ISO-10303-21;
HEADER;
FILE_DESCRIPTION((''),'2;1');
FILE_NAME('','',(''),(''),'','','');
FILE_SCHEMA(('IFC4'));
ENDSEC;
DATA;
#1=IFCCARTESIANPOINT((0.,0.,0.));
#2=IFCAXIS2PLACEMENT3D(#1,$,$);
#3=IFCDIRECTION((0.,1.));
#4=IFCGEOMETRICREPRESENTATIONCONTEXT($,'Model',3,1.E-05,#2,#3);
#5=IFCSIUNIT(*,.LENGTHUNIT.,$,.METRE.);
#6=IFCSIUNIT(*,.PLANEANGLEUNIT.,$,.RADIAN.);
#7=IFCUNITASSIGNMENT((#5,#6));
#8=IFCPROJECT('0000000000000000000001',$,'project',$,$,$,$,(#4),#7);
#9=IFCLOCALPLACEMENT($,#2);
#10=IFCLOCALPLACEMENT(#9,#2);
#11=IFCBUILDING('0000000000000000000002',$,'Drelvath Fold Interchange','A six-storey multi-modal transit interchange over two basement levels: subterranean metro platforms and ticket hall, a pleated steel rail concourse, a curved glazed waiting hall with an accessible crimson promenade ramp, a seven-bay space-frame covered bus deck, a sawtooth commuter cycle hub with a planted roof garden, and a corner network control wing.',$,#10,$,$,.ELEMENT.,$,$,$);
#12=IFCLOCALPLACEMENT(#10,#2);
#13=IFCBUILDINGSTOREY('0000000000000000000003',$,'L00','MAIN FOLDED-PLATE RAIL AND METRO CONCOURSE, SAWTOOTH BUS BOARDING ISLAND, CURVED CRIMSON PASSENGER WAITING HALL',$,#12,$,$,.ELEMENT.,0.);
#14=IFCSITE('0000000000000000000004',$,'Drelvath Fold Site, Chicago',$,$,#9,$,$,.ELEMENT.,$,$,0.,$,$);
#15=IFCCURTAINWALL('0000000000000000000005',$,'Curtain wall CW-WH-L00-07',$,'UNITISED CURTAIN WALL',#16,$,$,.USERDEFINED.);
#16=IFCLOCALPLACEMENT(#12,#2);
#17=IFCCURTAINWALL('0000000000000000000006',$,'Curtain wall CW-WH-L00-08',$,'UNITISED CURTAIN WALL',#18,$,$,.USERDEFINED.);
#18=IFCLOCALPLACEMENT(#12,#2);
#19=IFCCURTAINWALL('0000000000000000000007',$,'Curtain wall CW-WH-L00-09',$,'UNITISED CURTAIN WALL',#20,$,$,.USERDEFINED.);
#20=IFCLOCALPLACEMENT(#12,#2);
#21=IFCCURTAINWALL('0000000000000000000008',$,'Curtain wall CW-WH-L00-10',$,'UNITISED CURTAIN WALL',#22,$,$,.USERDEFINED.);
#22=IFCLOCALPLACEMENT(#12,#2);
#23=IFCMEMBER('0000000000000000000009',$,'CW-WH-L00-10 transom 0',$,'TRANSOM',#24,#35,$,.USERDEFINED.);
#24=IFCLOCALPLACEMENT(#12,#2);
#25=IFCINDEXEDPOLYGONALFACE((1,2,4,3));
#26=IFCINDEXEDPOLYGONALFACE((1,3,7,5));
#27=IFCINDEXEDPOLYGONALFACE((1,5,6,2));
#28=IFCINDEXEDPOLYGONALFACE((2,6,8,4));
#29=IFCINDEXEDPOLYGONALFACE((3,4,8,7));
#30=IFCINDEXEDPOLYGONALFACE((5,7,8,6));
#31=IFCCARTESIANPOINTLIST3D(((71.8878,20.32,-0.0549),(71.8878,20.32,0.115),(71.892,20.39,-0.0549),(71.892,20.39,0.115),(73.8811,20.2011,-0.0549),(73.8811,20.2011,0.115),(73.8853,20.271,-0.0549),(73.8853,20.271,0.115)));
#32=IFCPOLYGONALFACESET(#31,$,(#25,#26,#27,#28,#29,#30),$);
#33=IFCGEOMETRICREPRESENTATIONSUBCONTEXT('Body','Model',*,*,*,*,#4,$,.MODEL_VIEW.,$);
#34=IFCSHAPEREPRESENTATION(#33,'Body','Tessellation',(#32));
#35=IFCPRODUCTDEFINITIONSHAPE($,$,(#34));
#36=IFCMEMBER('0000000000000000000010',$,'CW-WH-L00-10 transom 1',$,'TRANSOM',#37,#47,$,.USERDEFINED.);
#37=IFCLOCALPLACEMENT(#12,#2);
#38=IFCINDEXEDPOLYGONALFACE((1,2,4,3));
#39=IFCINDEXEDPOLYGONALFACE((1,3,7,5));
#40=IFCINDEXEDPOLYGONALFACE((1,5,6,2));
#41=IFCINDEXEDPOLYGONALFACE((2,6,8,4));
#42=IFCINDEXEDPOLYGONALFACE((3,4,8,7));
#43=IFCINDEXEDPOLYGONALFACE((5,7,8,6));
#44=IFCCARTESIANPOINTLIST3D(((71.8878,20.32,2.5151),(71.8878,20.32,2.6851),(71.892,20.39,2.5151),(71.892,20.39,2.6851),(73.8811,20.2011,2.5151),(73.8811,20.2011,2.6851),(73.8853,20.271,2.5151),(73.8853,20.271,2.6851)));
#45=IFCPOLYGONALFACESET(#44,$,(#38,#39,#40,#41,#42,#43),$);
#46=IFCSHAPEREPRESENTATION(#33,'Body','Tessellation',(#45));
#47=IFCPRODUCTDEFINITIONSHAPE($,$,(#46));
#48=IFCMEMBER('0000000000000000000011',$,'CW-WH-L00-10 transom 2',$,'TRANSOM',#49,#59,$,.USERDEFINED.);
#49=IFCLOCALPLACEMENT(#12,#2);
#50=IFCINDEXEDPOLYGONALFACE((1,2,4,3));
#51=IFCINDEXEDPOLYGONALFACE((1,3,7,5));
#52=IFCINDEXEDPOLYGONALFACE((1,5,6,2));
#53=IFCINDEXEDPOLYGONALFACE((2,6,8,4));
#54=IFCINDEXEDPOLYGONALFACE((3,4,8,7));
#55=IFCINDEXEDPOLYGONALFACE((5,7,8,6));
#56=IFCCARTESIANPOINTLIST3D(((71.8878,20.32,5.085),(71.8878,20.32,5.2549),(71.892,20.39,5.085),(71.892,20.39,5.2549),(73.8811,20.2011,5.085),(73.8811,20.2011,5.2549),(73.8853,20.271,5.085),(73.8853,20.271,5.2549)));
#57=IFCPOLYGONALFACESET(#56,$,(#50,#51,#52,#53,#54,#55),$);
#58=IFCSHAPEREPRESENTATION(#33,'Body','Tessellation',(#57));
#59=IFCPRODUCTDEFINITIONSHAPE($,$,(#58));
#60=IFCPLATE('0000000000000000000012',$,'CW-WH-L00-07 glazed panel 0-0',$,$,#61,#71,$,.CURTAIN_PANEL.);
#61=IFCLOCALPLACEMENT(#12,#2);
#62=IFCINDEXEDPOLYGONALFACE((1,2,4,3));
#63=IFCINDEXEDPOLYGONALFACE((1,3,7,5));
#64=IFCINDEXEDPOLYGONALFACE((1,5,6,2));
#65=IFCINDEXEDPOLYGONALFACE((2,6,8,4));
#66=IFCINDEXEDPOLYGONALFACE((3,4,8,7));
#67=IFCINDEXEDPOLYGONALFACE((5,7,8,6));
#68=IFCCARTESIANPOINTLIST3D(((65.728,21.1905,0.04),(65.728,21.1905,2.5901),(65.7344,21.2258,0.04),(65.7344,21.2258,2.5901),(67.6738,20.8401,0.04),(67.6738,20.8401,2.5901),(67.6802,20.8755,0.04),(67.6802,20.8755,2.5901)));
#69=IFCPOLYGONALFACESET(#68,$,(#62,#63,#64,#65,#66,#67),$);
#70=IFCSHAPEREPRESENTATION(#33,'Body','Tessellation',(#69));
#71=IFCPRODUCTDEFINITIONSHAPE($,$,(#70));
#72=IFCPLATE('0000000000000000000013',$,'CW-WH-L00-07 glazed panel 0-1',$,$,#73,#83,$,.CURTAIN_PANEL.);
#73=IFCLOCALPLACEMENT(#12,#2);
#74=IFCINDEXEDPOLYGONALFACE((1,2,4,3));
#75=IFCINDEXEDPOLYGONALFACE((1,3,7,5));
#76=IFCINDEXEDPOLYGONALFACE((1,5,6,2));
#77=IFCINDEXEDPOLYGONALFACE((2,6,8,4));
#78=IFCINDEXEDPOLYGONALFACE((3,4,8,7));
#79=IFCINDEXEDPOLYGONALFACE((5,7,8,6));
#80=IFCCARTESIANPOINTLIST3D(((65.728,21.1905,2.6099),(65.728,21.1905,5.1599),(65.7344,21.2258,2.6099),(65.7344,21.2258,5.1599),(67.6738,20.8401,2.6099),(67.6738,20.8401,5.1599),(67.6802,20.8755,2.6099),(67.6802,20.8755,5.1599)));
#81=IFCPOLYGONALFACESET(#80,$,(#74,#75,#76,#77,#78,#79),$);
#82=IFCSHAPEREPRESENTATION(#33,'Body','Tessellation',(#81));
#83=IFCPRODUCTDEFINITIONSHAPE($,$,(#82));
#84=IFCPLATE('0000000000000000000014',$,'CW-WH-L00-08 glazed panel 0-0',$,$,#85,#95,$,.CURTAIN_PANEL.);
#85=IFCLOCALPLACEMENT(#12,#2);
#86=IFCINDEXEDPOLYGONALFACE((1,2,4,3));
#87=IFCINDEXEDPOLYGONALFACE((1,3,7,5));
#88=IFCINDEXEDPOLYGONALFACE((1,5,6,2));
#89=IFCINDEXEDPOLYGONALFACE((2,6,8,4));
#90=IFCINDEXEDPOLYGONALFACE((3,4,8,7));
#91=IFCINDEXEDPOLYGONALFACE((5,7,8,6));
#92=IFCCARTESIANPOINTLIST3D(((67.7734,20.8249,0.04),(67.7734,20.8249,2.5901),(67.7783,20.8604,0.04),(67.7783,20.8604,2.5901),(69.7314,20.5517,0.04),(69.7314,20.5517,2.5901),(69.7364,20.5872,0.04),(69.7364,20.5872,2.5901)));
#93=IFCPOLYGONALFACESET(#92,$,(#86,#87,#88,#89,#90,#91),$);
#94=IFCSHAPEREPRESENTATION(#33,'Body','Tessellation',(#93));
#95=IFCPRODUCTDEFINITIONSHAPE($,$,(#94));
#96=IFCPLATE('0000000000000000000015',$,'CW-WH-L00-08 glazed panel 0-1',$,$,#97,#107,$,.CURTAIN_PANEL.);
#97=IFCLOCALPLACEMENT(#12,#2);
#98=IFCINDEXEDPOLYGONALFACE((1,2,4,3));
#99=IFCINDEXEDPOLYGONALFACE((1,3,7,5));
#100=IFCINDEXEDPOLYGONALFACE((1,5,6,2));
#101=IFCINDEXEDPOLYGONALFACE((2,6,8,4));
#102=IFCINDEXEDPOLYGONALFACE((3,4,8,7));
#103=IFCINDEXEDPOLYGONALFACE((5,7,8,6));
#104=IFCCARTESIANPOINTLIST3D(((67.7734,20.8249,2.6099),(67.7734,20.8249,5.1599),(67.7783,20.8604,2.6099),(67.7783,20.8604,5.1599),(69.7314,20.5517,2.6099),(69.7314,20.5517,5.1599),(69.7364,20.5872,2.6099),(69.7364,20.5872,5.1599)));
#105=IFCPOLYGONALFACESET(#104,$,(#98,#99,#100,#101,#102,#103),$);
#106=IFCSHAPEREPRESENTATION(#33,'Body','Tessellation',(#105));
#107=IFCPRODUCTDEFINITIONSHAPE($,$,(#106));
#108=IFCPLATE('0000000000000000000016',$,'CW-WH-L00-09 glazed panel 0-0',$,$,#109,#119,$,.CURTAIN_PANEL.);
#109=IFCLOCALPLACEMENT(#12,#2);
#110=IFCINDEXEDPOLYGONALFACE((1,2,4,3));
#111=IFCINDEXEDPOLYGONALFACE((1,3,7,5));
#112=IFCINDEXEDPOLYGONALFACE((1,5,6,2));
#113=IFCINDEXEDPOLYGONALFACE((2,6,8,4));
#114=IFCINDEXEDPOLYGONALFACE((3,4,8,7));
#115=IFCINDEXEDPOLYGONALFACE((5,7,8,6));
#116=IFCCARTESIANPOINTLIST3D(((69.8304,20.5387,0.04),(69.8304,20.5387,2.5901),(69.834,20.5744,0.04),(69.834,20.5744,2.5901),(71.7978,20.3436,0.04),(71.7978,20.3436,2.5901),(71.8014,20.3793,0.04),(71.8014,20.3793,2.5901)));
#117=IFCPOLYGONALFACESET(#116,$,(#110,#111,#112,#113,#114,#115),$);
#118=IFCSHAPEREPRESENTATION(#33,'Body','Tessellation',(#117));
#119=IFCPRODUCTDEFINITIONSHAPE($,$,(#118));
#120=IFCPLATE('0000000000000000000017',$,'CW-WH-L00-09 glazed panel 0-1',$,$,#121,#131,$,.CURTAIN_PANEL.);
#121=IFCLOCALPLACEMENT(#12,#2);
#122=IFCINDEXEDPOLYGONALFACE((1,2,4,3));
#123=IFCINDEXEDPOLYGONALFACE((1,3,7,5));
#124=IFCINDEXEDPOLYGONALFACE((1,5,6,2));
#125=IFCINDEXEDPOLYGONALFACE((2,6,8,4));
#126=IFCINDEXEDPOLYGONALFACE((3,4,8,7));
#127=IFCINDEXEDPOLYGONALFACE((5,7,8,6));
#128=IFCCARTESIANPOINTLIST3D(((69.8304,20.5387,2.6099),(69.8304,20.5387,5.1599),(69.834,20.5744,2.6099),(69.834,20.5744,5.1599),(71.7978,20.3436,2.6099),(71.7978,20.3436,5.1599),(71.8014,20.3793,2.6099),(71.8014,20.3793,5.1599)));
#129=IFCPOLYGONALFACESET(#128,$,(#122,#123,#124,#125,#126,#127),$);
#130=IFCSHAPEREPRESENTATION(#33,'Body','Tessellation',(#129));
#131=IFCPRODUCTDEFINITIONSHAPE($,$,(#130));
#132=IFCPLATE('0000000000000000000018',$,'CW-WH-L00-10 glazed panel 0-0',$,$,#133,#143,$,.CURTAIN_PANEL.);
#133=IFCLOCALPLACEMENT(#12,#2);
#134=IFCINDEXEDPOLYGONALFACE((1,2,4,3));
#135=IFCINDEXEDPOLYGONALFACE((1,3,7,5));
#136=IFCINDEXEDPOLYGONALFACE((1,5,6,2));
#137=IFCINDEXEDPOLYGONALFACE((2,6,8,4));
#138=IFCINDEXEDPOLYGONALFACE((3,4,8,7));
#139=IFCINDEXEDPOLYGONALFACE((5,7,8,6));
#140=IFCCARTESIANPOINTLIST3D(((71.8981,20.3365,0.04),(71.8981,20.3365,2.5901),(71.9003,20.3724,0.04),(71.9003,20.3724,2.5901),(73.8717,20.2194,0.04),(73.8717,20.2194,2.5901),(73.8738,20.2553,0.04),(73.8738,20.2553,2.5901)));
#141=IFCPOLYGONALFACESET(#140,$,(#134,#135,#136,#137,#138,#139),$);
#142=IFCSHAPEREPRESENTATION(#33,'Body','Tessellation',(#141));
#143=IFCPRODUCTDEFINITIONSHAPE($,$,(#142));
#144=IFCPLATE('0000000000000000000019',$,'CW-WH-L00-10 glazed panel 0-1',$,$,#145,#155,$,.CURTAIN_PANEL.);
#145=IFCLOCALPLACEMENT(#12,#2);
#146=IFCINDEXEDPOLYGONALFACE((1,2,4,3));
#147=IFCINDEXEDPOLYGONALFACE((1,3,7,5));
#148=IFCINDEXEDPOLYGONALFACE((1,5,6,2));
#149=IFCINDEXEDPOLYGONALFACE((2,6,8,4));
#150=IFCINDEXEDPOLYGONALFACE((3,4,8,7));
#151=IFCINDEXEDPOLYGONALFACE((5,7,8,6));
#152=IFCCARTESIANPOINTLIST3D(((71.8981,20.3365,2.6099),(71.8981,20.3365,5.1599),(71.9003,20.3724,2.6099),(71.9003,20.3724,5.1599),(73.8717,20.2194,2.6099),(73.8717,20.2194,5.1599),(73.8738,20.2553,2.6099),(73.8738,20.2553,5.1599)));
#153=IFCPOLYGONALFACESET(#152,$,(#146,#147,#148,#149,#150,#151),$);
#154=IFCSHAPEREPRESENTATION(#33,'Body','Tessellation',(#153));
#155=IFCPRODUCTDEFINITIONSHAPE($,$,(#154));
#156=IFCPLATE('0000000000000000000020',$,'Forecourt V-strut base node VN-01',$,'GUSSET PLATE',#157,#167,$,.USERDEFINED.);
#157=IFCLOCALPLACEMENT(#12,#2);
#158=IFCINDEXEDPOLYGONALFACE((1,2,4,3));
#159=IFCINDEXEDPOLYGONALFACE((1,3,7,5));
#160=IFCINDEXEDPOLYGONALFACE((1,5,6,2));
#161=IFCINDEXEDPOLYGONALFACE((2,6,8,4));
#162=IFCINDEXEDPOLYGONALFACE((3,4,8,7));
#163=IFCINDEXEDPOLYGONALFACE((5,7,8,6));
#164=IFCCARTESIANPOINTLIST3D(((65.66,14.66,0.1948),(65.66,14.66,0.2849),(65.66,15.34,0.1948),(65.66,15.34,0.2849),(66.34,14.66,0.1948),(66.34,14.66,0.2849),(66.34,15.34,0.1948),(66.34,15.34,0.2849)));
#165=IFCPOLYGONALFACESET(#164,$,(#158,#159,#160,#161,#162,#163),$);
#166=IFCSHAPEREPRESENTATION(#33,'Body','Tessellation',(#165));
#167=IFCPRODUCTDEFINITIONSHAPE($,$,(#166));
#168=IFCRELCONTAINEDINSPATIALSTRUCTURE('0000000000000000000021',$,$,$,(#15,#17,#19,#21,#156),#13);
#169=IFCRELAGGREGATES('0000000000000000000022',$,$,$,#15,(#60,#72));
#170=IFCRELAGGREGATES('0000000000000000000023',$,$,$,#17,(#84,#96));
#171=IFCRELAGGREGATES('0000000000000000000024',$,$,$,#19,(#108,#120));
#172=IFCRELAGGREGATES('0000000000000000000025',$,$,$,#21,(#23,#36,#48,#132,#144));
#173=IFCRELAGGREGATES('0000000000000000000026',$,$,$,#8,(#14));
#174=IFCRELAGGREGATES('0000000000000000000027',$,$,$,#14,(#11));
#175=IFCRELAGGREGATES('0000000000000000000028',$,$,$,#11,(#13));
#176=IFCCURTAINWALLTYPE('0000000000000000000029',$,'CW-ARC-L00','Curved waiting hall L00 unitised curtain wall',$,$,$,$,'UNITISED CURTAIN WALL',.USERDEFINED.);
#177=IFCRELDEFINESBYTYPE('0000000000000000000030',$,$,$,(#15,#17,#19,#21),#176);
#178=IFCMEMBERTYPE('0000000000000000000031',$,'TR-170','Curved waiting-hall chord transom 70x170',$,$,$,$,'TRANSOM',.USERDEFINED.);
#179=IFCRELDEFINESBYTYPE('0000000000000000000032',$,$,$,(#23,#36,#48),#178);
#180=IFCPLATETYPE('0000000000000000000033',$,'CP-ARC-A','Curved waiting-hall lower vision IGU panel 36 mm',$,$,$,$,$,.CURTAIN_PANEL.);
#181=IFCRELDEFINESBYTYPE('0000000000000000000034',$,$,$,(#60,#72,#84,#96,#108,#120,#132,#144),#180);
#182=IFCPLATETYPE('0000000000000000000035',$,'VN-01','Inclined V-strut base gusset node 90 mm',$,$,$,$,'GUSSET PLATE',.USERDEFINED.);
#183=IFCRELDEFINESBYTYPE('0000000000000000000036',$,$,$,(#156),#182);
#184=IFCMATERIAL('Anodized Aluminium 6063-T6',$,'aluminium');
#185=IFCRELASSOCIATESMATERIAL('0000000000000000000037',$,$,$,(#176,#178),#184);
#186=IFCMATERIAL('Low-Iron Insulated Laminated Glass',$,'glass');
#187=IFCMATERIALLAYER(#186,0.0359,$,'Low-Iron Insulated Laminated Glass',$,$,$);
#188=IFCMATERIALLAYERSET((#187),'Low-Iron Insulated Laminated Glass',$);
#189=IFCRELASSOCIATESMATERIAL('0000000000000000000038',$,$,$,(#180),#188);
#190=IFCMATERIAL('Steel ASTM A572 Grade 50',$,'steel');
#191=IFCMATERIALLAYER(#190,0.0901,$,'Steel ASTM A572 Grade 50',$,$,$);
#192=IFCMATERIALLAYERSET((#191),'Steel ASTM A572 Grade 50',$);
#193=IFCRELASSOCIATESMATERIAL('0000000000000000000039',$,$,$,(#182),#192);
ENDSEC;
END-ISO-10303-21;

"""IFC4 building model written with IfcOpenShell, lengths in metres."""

from ifc_helpers import new_model, si_unit, direction, frame, origin, origin_2d, place, context, subcontext, project, spatial, rectangle, extrude, material, layer, layer_set, material_profile, profile_set, type_object, element, aggregate, save


model = new_model("IFC4")

# Units and contexts
model_context = context("Model", 3, precision=1e-05, world=origin(), true_north=direction((0.0, 1.0)))
body_context = subcontext(model_context, "Body", "Model", "MODEL_VIEW")
ifc_project = project(units=[si_unit("LENGTHUNIT", "METRE"), si_unit("PLANEANGLEUNIT", "RADIAN")], contexts=[model_context])

# Site, building, storey
site_placement = place(None, origin())
site = spatial("IfcSite", under=ifc_project, at=site_placement, Name="Drelvath Fold Site, Chicago", CompositionType="ELEMENT", RefElevation=0.0)
building_placement = place(site_placement, origin())
building = spatial("IfcBuilding", under=site, at=building_placement, Name="Drelvath Fold Interchange", Description="A six-storey multi-modal transit interchange over two basement levels: subterranean metro platforms and ticket hall, a pleated steel rail concourse, a curved glazed waiting hall with an accessible crimson promenade ramp, a seven-bay space-frame covered bus deck, a sawtooth commuter cycle hub with a planted roof garden, and a corner network control wing.", CompositionType="ELEMENT")
storey_placement = place(building_placement, origin())
storey = spatial("IfcBuildingStorey", under=building, at=storey_placement, Name="L00", Description="MAIN FOLDED-PLATE RAIL AND METRO CONCOURSE, SAWTOOTH BUS BOARDING ISLAND, CURVED CRIMSON PASSENGER WAITING HALL", CompositionType="ELEMENT", Elevation=0.0)

# Curtain wall
ifc_material_1 = material(Name="Anodized Aluminium 6063-T6", Category="aluminium")
curtain_wall_type = type_object("IfcCurtainWallType", Name="CW-ARC-L00", Description="Curved waiting hall L00 unitised curtain wall", ElementType="UNITISED CURTAIN WALL", PredefinedType="USERDEFINED", material=ifc_material_1)
curtain_wall_1_placement = place(storey_placement, origin())
curtain_wall_1 = element("IfcCurtainWall", 1, at=curtain_wall_1_placement, inside=storey, type_object=curtain_wall_type, Name="Curtain wall CW-WH-L00-07", ObjectType="UNITISED CURTAIN WALL", PredefinedType="USERDEFINED")

# Curtain walls
curtain_wall_2_placement = place(storey_placement, origin())
curtain_wall_2 = element("IfcCurtainWall", 2, at=curtain_wall_2_placement, inside=storey, type_object=curtain_wall_type, Name="Curtain wall CW-WH-L00-08", ObjectType="UNITISED CURTAIN WALL", PredefinedType="USERDEFINED")
curtain_wall_3_placement = place(storey_placement, origin())
curtain_wall_3 = element("IfcCurtainWall", 3, at=curtain_wall_3_placement, inside=storey, type_object=curtain_wall_type, Name="Curtain wall CW-WH-L00-09", ObjectType="UNITISED CURTAIN WALL", PredefinedType="USERDEFINED")
curtain_wall_4_placement = place(storey_placement, origin())
curtain_wall_4 = element("IfcCurtainWall", 4, at=curtain_wall_4_placement, inside=storey, type_object=curtain_wall_type, Name="Curtain wall CW-WH-L00-10", ObjectType="UNITISED CURTAIN WALL", PredefinedType="USERDEFINED")

# Members
ifc_material_profile_1 = material_profile(ifc_material_1, rectangle(XDim=0.0701, YDim=0.1699, at=origin_2d()), Name="AL-T 70x170")
ifc_profile_set_1 = profile_set([ifc_material_profile_1], Name="Anodized Aluminium 6063-T6")
member_type_1 = type_object("IfcMemberType", Name="TR-170", Description="Curved waiting-hall chord transom 70x170", ElementType="TRANSOM", PredefinedType="USERDEFINED", material=ifc_profile_set_1)
member_1_placement = place(storey_placement, frame((71.8899, 20.355, 0.03), z_axis=(0.998226, -0.059546, 0.0), x_axis=(0.059546, 0.998226, 0.0)))
member_1 = element("IfcMember", 5, at=member_1_placement, type_object=member_type_1, Name="CW-WH-L00-10 transom 0", ObjectType="TRANSOM", PredefinedType="USERDEFINED", context=body_context, shape_type="SweptSolid", body=[
    extrude(rectangle(XDim=0.0701, YDim=0.1699, at=origin_2d()), origin(), (0.0, 0.0, 1.0), 1.9968),
])
member_2_placement = place(storey_placement, frame((71.8899, 20.355, 2.6001), z_axis=(0.998226, -0.059546, 0.0), x_axis=(0.059546, 0.998226, 0.0)))
member_2 = element("IfcMember", 6, at=member_2_placement, type_object=member_type_1, Name="CW-WH-L00-10 transom 1", ObjectType="TRANSOM", PredefinedType="USERDEFINED", context=body_context, shape_type="SweptSolid", body=[
    extrude(rectangle(XDim=0.0701, YDim=0.1699, at=origin_2d()), origin(), (0.0, 0.0, 1.0), 1.9968),
])
member_3_placement = place(storey_placement, frame((71.8899, 20.355, 5.1699), z_axis=(0.998226, -0.059546, 0.0), x_axis=(0.059546, 0.998226, 0.0)))
member_3 = element("IfcMember", 7, at=member_3_placement, type_object=member_type_1, Name="CW-WH-L00-10 transom 2", ObjectType="TRANSOM", PredefinedType="USERDEFINED", context=body_context, shape_type="SweptSolid", body=[
    extrude(rectangle(XDim=0.0701, YDim=0.1699, at=origin_2d()), origin(), (0.0, 0.0, 1.0), 1.9968),
])

# Plates
ifc_material_2 = material(Name="Low-Iron Insulated Laminated Glass", Category="glass")
ifc_layer_1 = layer(ifc_material_2, 0.0359, Name="Low-Iron Insulated Laminated Glass")
ifc_layer_set_1 = layer_set([ifc_layer_1], Name="Low-Iron Insulated Laminated Glass")
plate_type_1 = type_object("IfcPlateType", Name="CP-ARC-A", Description="Curved waiting-hall lower vision IGU panel 36 mm", PredefinedType="CURTAIN_PANEL", material=ifc_layer_set_1)
plate_1_placement = place(storey_placement, frame((66.7041, 21.033, 0.04), z_axis=(0.0, 0.0, 1.0), x_axis=(0.984177, -0.177188, 0.0)))
plate_1 = element("IfcPlate", 8, at=plate_1_placement, type_object=plate_type_1, Name="CW-WH-L00-07 glazed panel 0-0", PredefinedType="CURTAIN_PANEL", context=body_context, shape_type="SweptSolid", body=[
    extrude(rectangle(XDim=1.9771, YDim=0.0359, at=origin_2d()), origin(), (0.0, 0.0, 1.0), 2.55),
])
plate_2_placement = place(storey_placement, frame((66.7041, 21.033, 2.6099), z_axis=(0.0, 0.0, 1.0), x_axis=(0.984177, -0.177188, 0.0)))
plate_2 = element("IfcPlate", 9, at=plate_2_placement, type_object=plate_type_1, Name="CW-WH-L00-07 glazed panel 0-1", PredefinedType="CURTAIN_PANEL", context=body_context, shape_type="SweptSolid", body=[
    extrude(rectangle(XDim=1.9771, YDim=0.0359, at=origin_2d()), origin(), (0.0, 0.0, 1.0), 2.55),
])
aggregate(curtain_wall_1, [plate_1, plate_2])
plate_3_placement = place(storey_placement, frame((68.7549, 20.7061, 0.04), z_axis=(0.0, 0.0, 1.0), x_axis=(0.990406, -0.138188, 0.0)))
plate_3 = element("IfcPlate", 10, at=plate_3_placement, type_object=plate_type_1, Name="CW-WH-L00-08 glazed panel 0-0", PredefinedType="CURTAIN_PANEL", context=body_context, shape_type="SweptSolid", body=[
    extrude(rectangle(XDim=1.9771, YDim=0.0359, at=origin_2d()), origin(), (0.0, 0.0, 1.0), 2.55),
])
plate_4_placement = place(storey_placement, frame((68.7549, 20.7061, 2.6099), z_axis=(0.0, 0.0, 1.0), x_axis=(0.990406, -0.138188, 0.0)))
plate_4 = element("IfcPlate", 11, at=plate_4_placement, type_object=plate_type_1, Name="CW-WH-L00-08 glazed panel 0-1", PredefinedType="CURTAIN_PANEL", context=body_context, shape_type="SweptSolid", body=[
    extrude(rectangle(XDim=1.9771, YDim=0.0359, at=origin_2d()), origin(), (0.0, 0.0, 1.0), 2.55),
])
aggregate(curtain_wall_2, [plate_3, plate_4])
plate_5_placement = place(storey_placement, frame((70.8159, 20.459, 0.04), z_axis=(0.0, 0.0, 1.0), x_axis=(0.995118, -0.098695, 0.0)))
plate_5 = element("IfcPlate", 12, at=plate_5_placement, type_object=plate_type_1, Name="CW-WH-L00-09 glazed panel 0-0", PredefinedType="CURTAIN_PANEL", context=body_context, shape_type="SweptSolid", body=[
    extrude(rectangle(XDim=1.9771, YDim=0.0359, at=origin_2d()), origin(), (0.0, 0.0, 1.0), 2.55),
])
plate_6_placement = place(storey_placement, frame((70.8159, 20.459, 2.6099), z_axis=(0.0, 0.0, 1.0), x_axis=(0.995118, -0.098695, 0.0)))
plate_6 = element("IfcPlate", 13, at=plate_6_placement, type_object=plate_type_1, Name="CW-WH-L00-09 glazed panel 0-1", PredefinedType="CURTAIN_PANEL", context=body_context, shape_type="SweptSolid", body=[
    extrude(rectangle(XDim=1.9771, YDim=0.0359, at=origin_2d()), origin(), (0.0, 0.0, 1.0), 2.55),
])
aggregate(curtain_wall_3, [plate_5, plate_6])
plate_7_placement = place(storey_placement, frame((72.886, 20.2959, 0.04), z_axis=(0.0, 0.0, 1.0), x_axis=(0.998244, -0.059237, 0.0)))
plate_7 = element("IfcPlate", 14, at=plate_7_placement, type_object=plate_type_1, Name="CW-WH-L00-10 glazed panel 0-0", PredefinedType="CURTAIN_PANEL", context=body_context, shape_type="SweptSolid", body=[
    extrude(rectangle(XDim=1.9771, YDim=0.0359, at=origin_2d()), origin(), (0.0, 0.0, 1.0), 2.55),
])
plate_8_placement = place(storey_placement, frame((72.886, 20.2959, 2.6099), z_axis=(0.0, 0.0, 1.0), x_axis=(0.998244, -0.059237, 0.0)))
plate_8 = element("IfcPlate", 15, at=plate_8_placement, type_object=plate_type_1, Name="CW-WH-L00-10 glazed panel 0-1", PredefinedType="CURTAIN_PANEL", context=body_context, shape_type="SweptSolid", body=[
    extrude(rectangle(XDim=1.9771, YDim=0.0359, at=origin_2d()), origin(), (0.0, 0.0, 1.0), 2.55),
])
aggregate(curtain_wall_4, [member_1, member_2, member_3, plate_7, plate_8])
ifc_material_3 = material(Name="Steel ASTM A572 Grade 50", Category="steel")
ifc_layer_2 = layer(ifc_material_3, 0.0901, Name="Steel ASTM A572 Grade 50")
ifc_layer_set_2 = layer_set([ifc_layer_2], Name="Steel ASTM A572 Grade 50")
plate_type_2 = type_object("IfcPlateType", Name="VN-01", Description="Inclined V-strut base gusset node 90 mm", ElementType="GUSSET PLATE", PredefinedType="USERDEFINED", material=ifc_layer_set_2)
plate_9_placement = place(storey_placement, frame((66.0, 15.0, 0.1948), z_axis=(0.0, 0.0, 1.0), x_axis=(1.0, 0.0, 0.0)))
element("IfcPlate", 16, at=plate_9_placement, inside=storey, type_object=plate_type_2, Name="Forecourt V-strut base node VN-01", ObjectType="GUSSET PLATE", PredefinedType="USERDEFINED", context=body_context, shape_type="SweptSolid", body=[
    extrude(rectangle(XDim=0.6799, YDim=0.6799, at=origin_2d()), origin(), (0.0, 0.0, 1.0), 0.0901),
])

save(model, "model.ifc")
